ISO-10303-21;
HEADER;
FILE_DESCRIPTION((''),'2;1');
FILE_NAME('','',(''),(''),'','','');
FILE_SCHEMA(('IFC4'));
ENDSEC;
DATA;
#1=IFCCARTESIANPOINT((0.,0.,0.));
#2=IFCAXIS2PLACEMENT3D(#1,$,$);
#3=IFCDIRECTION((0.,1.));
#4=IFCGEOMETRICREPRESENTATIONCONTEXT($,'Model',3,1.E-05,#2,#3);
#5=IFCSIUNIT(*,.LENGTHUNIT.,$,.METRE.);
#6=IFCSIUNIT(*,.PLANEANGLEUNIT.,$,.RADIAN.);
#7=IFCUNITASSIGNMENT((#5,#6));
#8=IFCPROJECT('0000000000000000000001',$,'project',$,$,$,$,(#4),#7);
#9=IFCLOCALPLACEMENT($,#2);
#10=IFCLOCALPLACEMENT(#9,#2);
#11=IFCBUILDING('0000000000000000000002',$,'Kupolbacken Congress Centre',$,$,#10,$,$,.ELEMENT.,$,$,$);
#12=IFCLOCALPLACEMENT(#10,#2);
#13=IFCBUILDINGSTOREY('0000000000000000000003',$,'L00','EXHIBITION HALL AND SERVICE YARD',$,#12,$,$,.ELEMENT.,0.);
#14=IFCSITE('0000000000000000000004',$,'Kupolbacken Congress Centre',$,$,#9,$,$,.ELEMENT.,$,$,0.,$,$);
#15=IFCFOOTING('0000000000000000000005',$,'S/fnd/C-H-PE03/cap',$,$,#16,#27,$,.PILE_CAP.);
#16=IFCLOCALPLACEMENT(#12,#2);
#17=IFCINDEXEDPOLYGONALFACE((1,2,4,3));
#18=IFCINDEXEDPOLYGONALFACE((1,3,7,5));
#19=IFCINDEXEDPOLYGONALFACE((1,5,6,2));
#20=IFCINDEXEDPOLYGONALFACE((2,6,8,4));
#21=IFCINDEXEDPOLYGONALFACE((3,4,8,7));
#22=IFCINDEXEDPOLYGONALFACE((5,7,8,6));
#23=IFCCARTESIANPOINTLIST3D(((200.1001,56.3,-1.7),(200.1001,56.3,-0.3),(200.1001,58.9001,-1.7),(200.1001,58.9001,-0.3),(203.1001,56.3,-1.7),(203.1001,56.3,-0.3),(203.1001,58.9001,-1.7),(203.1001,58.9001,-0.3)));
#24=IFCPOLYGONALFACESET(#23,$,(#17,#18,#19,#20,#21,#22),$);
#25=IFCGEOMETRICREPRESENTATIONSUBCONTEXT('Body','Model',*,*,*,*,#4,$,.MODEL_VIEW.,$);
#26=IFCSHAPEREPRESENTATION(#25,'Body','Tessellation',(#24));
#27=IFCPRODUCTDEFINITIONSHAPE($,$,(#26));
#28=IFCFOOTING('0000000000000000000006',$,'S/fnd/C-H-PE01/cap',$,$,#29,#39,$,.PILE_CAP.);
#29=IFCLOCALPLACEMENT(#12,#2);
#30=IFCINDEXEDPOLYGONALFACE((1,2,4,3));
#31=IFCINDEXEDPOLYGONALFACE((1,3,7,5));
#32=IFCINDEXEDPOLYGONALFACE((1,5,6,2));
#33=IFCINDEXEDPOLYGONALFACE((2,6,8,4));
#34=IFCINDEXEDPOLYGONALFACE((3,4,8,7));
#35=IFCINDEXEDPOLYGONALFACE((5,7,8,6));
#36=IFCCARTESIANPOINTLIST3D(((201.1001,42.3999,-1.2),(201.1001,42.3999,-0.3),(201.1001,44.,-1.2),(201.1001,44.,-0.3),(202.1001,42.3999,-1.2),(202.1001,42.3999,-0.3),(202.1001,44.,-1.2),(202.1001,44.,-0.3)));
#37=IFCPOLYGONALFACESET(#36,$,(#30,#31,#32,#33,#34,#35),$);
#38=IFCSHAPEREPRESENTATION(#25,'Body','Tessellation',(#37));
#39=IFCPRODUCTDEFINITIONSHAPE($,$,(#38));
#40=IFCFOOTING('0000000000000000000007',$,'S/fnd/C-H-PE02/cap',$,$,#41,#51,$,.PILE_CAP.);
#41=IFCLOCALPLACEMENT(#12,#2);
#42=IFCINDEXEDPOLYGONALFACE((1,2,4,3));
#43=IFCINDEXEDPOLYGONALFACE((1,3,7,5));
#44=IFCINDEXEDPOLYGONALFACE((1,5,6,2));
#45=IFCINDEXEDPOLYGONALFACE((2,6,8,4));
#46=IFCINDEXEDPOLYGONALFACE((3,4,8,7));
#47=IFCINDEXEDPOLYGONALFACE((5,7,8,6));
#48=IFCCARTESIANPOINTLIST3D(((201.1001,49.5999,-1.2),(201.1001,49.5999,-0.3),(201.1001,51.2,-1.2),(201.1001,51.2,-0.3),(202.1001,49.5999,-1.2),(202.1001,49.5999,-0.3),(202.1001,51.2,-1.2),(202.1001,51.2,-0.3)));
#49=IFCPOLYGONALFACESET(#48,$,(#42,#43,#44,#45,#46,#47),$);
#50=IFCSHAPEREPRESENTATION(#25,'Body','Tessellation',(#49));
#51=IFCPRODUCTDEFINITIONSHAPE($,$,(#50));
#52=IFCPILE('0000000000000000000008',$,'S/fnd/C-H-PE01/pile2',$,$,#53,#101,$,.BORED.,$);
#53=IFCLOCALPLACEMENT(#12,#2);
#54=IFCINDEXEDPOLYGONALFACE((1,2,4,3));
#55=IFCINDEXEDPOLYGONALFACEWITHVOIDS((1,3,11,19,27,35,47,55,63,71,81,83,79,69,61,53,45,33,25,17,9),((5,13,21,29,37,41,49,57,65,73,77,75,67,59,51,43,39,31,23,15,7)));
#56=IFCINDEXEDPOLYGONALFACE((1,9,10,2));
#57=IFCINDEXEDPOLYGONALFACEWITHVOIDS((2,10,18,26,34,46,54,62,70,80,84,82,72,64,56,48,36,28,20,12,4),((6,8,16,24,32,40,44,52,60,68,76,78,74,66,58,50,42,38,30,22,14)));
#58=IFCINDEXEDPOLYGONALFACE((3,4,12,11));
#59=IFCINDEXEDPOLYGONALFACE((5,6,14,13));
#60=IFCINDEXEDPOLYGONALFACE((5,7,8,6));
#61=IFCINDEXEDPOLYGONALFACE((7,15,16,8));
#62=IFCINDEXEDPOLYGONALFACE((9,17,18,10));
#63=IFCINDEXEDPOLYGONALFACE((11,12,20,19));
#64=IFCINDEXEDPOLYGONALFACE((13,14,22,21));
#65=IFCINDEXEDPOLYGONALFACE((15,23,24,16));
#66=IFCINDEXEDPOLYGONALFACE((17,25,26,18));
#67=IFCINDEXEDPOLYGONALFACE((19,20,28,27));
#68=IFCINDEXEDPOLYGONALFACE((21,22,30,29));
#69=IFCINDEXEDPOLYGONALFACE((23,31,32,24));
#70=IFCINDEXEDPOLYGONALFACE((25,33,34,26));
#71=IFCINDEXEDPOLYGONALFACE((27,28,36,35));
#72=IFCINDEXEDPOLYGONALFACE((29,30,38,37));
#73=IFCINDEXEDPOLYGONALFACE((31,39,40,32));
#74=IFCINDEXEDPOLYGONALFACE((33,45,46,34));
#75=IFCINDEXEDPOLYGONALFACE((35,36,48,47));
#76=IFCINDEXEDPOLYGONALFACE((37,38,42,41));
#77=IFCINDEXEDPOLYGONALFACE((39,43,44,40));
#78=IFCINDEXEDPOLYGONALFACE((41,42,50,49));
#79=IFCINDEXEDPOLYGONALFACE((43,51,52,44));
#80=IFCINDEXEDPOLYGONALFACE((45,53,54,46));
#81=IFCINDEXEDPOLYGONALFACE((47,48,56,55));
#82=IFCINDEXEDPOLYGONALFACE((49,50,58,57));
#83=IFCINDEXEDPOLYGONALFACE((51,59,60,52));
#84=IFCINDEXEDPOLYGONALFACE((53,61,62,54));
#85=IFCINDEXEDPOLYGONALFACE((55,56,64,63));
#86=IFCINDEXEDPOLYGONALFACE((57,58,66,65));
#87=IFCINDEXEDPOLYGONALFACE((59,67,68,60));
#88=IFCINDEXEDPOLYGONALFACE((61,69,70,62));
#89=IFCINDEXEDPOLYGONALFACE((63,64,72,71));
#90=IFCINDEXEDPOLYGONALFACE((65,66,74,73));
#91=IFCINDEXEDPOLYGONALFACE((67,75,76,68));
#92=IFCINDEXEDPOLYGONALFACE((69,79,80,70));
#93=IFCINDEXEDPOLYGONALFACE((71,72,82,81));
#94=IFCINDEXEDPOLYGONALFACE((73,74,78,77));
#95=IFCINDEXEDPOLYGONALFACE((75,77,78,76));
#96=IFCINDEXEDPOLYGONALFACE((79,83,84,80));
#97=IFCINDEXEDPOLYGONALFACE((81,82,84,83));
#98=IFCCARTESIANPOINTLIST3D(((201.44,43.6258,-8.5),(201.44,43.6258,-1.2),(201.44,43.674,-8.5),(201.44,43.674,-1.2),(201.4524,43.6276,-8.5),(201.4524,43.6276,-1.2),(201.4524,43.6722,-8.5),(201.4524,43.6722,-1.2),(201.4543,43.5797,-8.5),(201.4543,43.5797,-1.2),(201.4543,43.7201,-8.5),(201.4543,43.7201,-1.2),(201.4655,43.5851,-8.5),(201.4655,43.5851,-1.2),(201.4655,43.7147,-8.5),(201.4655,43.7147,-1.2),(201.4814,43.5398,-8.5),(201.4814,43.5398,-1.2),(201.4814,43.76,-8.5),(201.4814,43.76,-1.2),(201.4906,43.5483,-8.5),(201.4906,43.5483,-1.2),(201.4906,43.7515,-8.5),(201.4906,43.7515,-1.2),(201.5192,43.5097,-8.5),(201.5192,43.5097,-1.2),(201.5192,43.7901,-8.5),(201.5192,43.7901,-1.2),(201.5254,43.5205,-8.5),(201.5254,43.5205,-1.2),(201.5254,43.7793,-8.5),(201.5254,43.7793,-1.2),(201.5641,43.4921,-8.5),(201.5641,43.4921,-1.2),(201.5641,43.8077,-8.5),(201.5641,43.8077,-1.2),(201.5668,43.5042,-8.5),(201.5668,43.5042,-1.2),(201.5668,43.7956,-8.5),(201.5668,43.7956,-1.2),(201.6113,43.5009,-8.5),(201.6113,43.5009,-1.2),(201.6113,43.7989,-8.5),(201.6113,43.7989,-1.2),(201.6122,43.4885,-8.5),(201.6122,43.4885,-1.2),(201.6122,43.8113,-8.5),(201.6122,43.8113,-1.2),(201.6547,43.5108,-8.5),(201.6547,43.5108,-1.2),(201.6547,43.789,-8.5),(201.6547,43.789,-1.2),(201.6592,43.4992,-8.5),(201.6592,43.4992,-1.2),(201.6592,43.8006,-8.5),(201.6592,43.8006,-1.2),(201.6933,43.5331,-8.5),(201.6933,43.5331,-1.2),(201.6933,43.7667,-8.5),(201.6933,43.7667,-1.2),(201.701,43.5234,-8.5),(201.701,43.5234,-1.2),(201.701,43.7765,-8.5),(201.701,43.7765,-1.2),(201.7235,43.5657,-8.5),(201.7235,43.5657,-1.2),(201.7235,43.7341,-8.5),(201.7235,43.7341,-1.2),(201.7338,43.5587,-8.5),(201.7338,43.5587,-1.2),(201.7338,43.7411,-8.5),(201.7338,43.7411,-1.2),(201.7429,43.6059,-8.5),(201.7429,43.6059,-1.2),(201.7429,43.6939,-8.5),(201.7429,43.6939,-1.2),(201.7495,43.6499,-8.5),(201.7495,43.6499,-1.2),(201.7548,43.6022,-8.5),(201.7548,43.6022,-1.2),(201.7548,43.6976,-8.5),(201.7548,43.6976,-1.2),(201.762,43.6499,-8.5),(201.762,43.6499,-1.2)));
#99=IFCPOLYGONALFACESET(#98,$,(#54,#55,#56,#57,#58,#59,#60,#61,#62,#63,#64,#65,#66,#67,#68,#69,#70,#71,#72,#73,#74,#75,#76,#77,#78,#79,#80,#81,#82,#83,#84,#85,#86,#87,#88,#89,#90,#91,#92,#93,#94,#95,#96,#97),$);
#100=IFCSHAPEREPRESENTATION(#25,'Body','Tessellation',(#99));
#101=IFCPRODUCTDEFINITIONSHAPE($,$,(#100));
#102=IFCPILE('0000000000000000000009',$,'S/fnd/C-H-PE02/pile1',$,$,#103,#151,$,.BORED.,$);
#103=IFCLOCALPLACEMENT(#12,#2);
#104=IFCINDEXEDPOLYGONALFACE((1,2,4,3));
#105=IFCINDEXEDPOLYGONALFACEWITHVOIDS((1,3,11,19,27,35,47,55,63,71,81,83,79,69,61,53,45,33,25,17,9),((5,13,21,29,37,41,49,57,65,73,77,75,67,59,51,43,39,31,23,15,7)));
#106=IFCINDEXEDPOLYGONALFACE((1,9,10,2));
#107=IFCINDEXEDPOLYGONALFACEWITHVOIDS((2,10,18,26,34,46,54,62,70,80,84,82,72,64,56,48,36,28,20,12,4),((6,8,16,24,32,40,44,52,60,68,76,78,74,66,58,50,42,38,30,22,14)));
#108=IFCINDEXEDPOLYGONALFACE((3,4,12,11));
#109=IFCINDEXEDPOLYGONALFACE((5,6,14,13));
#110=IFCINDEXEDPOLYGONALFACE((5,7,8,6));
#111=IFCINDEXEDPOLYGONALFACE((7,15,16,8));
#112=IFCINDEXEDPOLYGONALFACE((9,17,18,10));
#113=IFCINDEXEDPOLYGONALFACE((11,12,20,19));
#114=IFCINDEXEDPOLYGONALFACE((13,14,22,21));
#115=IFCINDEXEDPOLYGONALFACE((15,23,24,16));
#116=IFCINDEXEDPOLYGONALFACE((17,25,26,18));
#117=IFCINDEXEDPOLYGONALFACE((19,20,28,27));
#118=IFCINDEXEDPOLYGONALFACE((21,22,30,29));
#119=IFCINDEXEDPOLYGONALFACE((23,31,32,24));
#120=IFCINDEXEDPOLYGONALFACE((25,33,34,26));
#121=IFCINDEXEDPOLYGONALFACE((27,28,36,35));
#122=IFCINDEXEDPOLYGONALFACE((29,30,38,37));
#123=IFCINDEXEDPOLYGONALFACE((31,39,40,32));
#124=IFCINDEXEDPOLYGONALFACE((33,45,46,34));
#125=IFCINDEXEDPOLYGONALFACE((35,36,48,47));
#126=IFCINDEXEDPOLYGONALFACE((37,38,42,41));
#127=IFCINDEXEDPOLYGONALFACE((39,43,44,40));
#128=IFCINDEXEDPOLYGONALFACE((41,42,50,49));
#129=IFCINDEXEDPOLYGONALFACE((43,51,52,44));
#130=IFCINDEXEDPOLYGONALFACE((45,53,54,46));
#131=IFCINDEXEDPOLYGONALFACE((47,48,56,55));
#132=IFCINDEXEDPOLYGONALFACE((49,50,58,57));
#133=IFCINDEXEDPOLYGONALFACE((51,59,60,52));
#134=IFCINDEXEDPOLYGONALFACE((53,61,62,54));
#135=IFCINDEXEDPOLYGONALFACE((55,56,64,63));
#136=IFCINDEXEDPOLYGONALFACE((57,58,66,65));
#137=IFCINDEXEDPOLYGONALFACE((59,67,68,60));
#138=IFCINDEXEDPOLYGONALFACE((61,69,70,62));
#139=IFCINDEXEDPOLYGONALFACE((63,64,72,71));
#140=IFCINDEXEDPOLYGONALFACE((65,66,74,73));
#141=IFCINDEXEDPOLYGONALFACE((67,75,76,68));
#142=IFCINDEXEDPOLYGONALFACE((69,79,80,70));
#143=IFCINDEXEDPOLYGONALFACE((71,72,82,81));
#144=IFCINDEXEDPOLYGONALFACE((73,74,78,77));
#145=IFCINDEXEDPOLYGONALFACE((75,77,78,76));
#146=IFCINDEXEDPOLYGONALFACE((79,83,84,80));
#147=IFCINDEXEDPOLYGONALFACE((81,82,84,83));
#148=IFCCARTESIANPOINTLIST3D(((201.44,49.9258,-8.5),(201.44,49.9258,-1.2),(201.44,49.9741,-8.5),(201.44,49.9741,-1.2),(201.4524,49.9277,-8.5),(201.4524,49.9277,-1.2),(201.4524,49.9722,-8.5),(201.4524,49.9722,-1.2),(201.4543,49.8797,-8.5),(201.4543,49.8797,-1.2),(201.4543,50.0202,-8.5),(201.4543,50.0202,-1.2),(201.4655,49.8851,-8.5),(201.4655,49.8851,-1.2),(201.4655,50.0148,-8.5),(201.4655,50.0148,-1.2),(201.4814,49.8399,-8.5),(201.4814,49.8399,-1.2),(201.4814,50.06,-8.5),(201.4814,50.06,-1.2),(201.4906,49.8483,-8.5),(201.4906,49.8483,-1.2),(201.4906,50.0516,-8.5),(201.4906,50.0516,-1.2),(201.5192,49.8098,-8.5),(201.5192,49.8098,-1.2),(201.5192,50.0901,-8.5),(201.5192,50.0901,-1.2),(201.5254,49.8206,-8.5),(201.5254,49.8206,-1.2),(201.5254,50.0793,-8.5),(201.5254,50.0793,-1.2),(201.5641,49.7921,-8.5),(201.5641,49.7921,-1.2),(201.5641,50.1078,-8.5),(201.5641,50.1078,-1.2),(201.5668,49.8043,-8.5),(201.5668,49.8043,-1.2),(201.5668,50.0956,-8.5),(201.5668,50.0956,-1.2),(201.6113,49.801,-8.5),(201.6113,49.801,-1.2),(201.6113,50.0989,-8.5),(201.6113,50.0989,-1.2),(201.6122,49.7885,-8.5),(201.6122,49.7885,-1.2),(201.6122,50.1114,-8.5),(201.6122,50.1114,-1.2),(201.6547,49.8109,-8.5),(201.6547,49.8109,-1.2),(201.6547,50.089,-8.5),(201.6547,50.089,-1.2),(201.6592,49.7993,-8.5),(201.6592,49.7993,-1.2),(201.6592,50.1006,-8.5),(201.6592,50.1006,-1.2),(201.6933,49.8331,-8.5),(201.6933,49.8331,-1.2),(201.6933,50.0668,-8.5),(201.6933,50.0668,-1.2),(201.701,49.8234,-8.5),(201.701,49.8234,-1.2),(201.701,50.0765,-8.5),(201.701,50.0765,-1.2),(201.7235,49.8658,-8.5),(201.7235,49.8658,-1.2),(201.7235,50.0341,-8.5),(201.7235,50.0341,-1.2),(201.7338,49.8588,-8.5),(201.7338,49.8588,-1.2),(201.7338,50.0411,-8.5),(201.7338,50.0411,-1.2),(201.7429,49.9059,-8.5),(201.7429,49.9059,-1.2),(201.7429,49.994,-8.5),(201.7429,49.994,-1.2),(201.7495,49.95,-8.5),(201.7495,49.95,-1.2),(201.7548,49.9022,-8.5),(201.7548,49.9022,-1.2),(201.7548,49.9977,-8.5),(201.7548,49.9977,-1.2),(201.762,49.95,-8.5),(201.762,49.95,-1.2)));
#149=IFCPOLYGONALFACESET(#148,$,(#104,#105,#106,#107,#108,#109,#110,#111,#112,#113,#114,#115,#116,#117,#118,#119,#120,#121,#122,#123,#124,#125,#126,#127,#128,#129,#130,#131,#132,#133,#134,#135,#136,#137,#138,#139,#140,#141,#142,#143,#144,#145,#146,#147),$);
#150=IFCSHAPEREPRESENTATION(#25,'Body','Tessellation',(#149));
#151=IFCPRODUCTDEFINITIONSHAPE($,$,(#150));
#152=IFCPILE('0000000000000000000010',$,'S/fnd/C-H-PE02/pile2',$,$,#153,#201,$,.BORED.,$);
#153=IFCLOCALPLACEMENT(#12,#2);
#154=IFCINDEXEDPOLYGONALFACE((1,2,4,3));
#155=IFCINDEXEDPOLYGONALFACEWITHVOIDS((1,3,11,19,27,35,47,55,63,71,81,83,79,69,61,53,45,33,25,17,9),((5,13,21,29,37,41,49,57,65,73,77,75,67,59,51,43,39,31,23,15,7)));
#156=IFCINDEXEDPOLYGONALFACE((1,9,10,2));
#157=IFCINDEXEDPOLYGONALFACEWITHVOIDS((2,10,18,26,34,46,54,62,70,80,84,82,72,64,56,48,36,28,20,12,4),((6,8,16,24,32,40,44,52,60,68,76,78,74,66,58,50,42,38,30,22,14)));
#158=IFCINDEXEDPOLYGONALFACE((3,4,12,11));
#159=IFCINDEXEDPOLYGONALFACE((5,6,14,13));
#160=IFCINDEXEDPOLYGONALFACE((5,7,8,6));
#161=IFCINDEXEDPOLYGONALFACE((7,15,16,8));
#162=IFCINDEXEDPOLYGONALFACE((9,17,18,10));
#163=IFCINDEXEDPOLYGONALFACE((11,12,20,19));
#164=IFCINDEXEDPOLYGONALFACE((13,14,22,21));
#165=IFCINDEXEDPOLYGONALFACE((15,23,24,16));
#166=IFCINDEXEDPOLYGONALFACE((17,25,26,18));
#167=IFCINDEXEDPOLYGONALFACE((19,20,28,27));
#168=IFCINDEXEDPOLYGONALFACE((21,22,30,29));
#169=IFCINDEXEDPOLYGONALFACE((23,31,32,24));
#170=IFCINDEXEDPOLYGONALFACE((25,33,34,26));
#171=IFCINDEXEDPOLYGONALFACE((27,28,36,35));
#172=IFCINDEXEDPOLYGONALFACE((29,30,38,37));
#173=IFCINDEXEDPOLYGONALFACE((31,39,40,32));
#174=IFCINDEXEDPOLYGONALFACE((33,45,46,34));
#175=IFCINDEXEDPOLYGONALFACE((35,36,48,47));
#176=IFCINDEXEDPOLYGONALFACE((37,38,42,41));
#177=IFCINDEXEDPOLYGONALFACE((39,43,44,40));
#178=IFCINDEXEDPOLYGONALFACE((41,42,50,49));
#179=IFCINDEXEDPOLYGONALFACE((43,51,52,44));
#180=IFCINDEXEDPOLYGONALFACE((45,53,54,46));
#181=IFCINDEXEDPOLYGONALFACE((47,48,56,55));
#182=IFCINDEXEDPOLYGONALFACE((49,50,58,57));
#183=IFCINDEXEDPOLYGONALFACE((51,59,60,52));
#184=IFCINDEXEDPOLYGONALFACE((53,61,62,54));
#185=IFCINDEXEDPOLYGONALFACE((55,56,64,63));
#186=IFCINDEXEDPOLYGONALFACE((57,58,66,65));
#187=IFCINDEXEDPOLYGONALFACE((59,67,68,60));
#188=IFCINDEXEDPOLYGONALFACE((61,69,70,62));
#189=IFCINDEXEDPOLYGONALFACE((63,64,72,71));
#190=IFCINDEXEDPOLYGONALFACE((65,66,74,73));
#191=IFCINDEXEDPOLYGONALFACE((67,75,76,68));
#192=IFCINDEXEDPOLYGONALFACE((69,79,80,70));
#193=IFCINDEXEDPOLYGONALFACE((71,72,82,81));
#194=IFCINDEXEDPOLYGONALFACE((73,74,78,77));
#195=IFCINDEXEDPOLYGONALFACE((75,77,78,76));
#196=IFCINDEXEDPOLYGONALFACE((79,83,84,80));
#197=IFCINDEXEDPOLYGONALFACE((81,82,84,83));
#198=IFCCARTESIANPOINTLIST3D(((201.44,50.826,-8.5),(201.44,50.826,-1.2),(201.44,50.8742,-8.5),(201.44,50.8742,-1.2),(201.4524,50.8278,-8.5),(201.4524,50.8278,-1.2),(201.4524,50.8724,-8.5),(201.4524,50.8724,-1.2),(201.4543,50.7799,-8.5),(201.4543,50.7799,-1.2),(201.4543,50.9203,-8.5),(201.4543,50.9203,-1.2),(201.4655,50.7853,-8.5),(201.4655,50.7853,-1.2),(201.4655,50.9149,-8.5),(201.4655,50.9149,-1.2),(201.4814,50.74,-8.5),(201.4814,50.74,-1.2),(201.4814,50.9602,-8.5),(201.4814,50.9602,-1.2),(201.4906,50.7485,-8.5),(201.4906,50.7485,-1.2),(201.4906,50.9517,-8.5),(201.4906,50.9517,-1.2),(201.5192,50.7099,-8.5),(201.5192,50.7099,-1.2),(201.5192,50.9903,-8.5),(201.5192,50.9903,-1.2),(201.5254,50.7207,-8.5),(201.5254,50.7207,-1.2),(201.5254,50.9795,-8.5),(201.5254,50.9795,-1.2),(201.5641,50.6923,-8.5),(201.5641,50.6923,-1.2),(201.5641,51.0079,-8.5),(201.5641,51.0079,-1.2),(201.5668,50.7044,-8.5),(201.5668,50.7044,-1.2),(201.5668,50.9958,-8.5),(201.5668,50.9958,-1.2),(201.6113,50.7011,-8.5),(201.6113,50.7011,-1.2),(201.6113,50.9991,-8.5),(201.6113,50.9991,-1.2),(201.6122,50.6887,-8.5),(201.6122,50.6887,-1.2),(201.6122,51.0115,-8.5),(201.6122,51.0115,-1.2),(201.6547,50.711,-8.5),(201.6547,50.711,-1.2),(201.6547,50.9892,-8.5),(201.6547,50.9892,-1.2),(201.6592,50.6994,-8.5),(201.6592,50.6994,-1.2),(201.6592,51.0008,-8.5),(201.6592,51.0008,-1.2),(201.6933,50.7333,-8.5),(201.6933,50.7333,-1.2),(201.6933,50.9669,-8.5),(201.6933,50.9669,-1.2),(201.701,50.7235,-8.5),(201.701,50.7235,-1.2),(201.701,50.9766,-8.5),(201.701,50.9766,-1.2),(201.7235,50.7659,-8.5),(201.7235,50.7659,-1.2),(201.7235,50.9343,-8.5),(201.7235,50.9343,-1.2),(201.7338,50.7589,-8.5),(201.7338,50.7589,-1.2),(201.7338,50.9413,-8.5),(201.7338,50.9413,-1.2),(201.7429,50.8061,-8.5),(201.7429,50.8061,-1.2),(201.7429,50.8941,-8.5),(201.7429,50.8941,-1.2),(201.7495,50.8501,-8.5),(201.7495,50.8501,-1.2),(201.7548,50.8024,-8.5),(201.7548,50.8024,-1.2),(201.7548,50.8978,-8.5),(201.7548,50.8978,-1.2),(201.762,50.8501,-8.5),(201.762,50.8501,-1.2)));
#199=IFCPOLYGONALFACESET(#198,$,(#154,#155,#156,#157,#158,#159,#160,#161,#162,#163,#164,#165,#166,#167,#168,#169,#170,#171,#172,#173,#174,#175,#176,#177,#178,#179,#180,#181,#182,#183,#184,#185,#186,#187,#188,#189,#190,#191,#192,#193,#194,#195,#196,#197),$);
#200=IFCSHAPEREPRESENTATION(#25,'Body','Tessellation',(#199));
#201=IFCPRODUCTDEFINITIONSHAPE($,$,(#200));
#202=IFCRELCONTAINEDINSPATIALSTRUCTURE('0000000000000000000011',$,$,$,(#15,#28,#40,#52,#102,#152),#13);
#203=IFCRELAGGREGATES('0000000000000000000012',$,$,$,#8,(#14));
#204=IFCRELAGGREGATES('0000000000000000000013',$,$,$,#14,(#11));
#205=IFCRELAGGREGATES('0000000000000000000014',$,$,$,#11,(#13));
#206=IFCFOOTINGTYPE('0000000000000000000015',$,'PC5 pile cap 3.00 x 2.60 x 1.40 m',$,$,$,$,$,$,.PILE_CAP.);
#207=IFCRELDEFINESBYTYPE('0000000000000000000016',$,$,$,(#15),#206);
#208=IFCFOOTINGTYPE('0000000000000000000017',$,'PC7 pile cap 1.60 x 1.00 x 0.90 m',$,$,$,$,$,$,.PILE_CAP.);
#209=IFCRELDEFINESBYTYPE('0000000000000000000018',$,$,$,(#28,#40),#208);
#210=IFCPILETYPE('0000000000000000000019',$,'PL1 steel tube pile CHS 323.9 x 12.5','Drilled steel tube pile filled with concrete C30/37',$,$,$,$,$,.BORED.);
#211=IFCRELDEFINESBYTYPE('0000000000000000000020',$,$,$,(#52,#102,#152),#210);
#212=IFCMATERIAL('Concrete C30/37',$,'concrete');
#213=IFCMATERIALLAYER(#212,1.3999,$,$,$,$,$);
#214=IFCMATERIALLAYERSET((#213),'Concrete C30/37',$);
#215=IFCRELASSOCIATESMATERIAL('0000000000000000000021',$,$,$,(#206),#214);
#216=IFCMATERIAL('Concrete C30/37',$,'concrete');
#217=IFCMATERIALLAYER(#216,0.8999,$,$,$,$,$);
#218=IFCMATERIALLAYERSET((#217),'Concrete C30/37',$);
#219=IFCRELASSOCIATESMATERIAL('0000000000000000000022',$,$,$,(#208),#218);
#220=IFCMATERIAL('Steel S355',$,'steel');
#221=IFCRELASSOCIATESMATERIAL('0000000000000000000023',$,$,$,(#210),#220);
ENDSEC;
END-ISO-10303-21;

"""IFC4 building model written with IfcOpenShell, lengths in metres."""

from ifc_helpers import new_model, si_unit, direction, frame, origin, origin_2d, place, context, subcontext, project, spatial, rectangle, hollow_circle, extrude, material, layer, layer_set, material_profile, profile_set, type_object, element, save


model = new_model("IFC4")

# Units and contexts
model_context = context("Model", 3, precision=1e-05, world=origin(), true_north=direction((0.0, 1.0)))
body_context = subcontext(model_context, "Body", "Model", "MODEL_VIEW")
ifc_project = project(units=[si_unit("LENGTHUNIT", "METRE"), si_unit("PLANEANGLEUNIT", "RADIAN")], contexts=[model_context])

# Site, building, storey
site_placement = place(None, origin())
site = spatial("IfcSite", under=ifc_project, at=site_placement, Name="Kupolbacken Congress Centre", CompositionType="ELEMENT", RefElevation=0.0)
building_placement = place(site_placement, origin())
building = spatial("IfcBuilding", under=site, at=building_placement, Name="Kupolbacken Congress Centre", CompositionType="ELEMENT")
storey_placement = place(building_placement, origin())
storey = spatial("IfcBuildingStorey", under=building, at=storey_placement, Name="L00", Description="EXHIBITION HALL AND SERVICE YARD", CompositionType="ELEMENT", Elevation=0.0)

# Footings
ifc_material_1 = material(Name="Concrete C30/37", Category="concrete")
ifc_layer_1 = layer(ifc_material_1, 1.3999)
ifc_layer_set_1 = layer_set([ifc_layer_1], Name="Concrete C30/37")
footing_type_1 = type_object("IfcFootingType", Name="PC5 pile cap 3.00 x 2.60 x 1.40 m", PredefinedType="PILE_CAP", material=ifc_layer_set_1)
footing_placement = place(storey_placement, frame((201.6001, 57.6001, -1.7), z_axis=(0.0, 0.0, 1.0), x_axis=(1.0, 0.0, 0.0)))
element("IfcFooting", 1, at=footing_placement, inside=storey, type_object=footing_type_1, Name="S/fnd/C-H-PE03/cap", PredefinedType="PILE_CAP", context=body_context, shape_type="SweptSolid", body=[
    extrude(rectangle(XDim=3.0, YDim=2.6001, at=origin_2d()), origin(), (0.0, 0.0, 1.0), 1.3999),
])
ifc_material_2 = material(Name="Concrete C30/37", Category="concrete")
ifc_layer_2 = layer(ifc_material_2, 0.8999)
ifc_layer_set_2 = layer_set([ifc_layer_2], Name="Concrete C30/37")
footing_type_2 = type_object("IfcFootingType", Name="PC7 pile cap 1.60 x 1.00 x 0.90 m", PredefinedType="PILE_CAP", material=ifc_layer_set_2)
for number, where, z_axis, x_axis, name in (
    (2, (201.6001, 43.2, -1.2), (0.0, 0.0, 1.0), (1.0, 0.0, 0.0), "S/fnd/C-H-PE01/cap"),
    (3, (201.6001, 50.3999, -1.2), (0.0, 0.0, 1.0), (1.0, 0.0, 0.0), "S/fnd/C-H-PE02/cap"),
):
    element("IfcFooting", number, at=place(storey_placement, frame(where, z_axis=z_axis, x_axis=x_axis)), inside=storey, type_object=footing_type_2, Name=name, PredefinedType="PILE_CAP", context=body_context, shape_type="SweptSolid", body=[
        extrude(rectangle(XDim=1.0, YDim=1.6001, at=origin_2d()), origin(), (0.0, 0.0, 1.0), 0.8999),
    ])

# Piles
ifc_material_3 = material(Name="Steel S355", Category="steel")
ifc_material_profile_1 = material_profile(ifc_material_3, hollow_circle(Radius=0.1619, WallThickness=0.0125, at=origin_2d()), Name="CHS 323.9 x 12.5")
ifc_profile_set_1 = profile_set([ifc_material_profile_1], Name="Steel S355")
pile_type_1 = type_object("IfcPileType", Name="PL1 steel tube pile CHS 323.9 x 12.5", Description="Drilled steel tube pile filled with concrete C30/37", PredefinedType="BORED", material=ifc_profile_set_1)
for number, where, z_axis, x_axis, name in (
    (4, (201.6001, 43.6499, -1.2), (0.0, 0.0, -1.0), (1.0, 0.0, 0.0), "S/fnd/C-H-PE01/pile2"),
    (5, (201.6001, 49.95, -1.2), (0.0, 0.0, -1.0), (1.0, 0.0, 0.0), "S/fnd/C-H-PE02/pile1"),
    (6, (201.6001, 50.8501, -1.2), (0.0, 0.0, -1.0), (1.0, 0.0, 0.0), "S/fnd/C-H-PE02/pile2"),
):
    element("IfcPile", number, at=place(storey_placement, frame(where, z_axis=z_axis, x_axis=x_axis)), inside=storey, type_object=pile_type_1, Name=name, PredefinedType="BORED", context=body_context, shape_type="SweptSolid", body=[
        extrude(hollow_circle(Radius=0.1619, WallThickness=0.0125, at=origin_2d()), origin(), (0.0, 0.0, 1.0), 7.3),
    ])

save(model, "model.ifc")
